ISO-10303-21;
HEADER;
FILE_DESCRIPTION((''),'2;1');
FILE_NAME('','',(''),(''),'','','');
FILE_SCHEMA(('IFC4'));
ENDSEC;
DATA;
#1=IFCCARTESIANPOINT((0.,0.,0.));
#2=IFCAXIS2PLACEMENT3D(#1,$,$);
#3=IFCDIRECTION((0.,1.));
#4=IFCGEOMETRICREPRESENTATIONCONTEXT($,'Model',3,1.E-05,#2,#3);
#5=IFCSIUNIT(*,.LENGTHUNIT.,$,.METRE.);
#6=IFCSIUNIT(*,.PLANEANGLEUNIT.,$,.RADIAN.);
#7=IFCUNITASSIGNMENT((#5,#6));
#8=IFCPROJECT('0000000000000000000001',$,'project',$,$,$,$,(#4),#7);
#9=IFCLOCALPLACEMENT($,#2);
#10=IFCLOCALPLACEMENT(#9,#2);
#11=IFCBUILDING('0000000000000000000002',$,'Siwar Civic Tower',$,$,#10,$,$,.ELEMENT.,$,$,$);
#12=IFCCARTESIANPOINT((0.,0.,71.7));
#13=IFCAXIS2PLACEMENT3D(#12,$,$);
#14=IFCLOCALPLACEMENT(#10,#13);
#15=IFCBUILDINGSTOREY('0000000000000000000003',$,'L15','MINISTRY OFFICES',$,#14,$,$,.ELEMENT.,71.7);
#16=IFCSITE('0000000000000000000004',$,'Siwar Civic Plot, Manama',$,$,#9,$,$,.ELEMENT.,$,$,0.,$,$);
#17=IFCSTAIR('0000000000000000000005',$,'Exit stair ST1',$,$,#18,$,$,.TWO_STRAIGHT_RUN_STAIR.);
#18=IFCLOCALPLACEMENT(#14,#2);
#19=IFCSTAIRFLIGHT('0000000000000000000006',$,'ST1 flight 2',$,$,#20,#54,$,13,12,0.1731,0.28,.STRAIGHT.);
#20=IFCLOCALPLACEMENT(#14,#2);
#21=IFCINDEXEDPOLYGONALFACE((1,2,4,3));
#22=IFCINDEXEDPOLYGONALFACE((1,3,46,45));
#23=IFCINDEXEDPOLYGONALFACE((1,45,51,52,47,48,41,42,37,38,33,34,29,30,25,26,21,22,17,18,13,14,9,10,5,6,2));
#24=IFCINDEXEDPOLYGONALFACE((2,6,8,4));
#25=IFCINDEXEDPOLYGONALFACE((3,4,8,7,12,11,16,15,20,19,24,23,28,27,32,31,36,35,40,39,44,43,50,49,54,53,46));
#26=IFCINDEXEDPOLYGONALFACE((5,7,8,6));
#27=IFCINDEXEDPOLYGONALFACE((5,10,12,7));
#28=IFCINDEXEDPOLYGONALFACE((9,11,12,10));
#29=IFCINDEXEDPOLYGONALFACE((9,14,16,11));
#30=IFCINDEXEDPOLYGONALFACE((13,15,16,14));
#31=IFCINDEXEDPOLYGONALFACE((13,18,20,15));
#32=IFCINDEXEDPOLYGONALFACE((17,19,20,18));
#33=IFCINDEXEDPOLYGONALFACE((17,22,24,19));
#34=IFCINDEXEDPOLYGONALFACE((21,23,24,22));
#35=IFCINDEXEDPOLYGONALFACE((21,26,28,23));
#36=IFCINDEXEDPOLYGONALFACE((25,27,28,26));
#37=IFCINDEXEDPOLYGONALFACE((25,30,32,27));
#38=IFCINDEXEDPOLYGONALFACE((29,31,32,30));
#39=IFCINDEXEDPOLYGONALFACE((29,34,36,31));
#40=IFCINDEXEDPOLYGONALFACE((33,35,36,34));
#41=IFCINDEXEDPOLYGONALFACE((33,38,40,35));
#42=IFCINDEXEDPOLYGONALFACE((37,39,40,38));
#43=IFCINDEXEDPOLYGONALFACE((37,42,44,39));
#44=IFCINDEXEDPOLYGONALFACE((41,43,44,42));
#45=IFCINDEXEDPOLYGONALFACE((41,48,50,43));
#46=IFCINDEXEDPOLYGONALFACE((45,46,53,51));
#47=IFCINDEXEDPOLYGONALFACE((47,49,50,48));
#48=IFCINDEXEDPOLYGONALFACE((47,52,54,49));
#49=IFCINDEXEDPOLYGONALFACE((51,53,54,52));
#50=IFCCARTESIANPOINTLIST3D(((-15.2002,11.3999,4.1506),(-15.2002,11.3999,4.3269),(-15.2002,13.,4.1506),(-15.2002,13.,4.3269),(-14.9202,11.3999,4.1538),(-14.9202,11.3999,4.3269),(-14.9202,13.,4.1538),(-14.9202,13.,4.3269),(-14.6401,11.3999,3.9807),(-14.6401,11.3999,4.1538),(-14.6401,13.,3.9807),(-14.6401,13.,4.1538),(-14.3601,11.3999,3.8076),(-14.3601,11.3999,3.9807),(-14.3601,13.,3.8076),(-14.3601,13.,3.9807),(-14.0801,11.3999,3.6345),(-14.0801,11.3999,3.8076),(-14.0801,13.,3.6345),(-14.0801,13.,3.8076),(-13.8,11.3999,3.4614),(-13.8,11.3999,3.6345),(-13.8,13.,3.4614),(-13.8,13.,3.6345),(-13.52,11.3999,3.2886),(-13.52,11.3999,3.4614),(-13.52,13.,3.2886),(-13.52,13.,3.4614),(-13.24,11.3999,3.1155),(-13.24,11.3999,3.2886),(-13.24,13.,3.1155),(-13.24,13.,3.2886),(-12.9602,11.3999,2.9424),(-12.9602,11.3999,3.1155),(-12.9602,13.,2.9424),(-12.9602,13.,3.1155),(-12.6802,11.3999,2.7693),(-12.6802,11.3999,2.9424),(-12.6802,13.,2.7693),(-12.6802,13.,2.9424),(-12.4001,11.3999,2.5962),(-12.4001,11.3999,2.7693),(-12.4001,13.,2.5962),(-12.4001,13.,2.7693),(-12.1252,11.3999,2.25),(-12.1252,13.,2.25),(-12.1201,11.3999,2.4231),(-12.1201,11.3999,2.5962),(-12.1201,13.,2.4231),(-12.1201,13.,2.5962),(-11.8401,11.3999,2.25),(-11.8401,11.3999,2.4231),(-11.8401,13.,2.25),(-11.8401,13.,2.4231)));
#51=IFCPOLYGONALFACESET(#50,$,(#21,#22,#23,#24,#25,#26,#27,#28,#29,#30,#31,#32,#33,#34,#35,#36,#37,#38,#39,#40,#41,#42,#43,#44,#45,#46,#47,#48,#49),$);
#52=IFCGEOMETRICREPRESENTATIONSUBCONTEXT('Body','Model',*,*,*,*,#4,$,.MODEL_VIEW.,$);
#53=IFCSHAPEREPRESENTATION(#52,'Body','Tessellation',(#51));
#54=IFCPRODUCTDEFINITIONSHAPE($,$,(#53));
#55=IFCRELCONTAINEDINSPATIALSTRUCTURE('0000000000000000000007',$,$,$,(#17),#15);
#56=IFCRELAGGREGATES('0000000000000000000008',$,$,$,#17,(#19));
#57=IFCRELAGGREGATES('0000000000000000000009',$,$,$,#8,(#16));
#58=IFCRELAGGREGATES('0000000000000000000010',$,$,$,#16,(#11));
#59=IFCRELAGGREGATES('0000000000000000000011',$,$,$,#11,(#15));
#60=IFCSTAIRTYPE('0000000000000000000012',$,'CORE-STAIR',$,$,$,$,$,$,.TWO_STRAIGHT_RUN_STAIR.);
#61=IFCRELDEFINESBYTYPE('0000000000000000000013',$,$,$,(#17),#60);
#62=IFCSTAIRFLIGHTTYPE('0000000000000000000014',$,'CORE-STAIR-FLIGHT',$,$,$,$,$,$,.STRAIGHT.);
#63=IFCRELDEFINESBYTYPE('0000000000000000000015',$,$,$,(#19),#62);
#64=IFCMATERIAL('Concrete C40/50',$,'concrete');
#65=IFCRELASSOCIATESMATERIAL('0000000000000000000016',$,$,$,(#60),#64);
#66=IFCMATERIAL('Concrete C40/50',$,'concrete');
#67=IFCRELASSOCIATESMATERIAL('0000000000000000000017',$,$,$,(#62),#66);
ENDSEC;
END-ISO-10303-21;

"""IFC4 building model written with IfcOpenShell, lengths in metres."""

from ifc_helpers import new_model, si_unit, direction, frame, origin, place, context, subcontext, project, spatial, polyline, outline, extrude, material, type_object, element, aggregate, save


model = new_model("IFC4")

# Units and contexts
model_context = context("Model", 3, precision=1e-05, world=origin(), true_north=direction((0.0, 1.0)))
body_context = subcontext(model_context, "Body", "Model", "MODEL_VIEW")
ifc_project = project(units=[si_unit("LENGTHUNIT", "METRE"), si_unit("PLANEANGLEUNIT", "RADIAN")], contexts=[model_context])

# Site, building, storey
site_placement = place(None, origin())
site = spatial("IfcSite", under=ifc_project, at=site_placement, Name="Siwar Civic Plot, Manama", CompositionType="ELEMENT", RefElevation=0.0)
building_placement = place(site_placement, origin())
building = spatial("IfcBuilding", under=site, at=building_placement, Name="Siwar Civic Tower", CompositionType="ELEMENT")
storey_placement = place(building_placement, frame((0.0, 0.0, 71.7)))
storey = spatial("IfcBuildingStorey", under=building, at=storey_placement, Name="L15", Description="MINISTRY OFFICES", CompositionType="ELEMENT", Elevation=71.7)

# Stair, stair flight
ifc_material_1 = material(Name="Concrete C40/50", Category="concrete")
stair_type = type_object("IfcStairType", Name="CORE-STAIR", PredefinedType="TWO_STRAIGHT_RUN_STAIR", material=ifc_material_1)
stair_placement = place(storey_placement, origin())
stair = element("IfcStair", 1, at=stair_placement, inside=storey, type_object=stair_type, Name="Exit stair ST1", PredefinedType="TWO_STRAIGHT_RUN_STAIR")
ifc_material_2 = material(Name="Concrete C40/50", Category="concrete")
stair_flight_type = type_object("IfcStairFlightType", Name="CORE-STAIR-FLIGHT", PredefinedType="STRAIGHT", material=ifc_material_2)
stair_flight_1_placement = place(storey_placement, frame((-11.8401, 12.2, 2.25), z_axis=(0.0, 0.0, 1.0), x_axis=(-1.0, 0.0, 0.0)))
stair_flight_1 = element("IfcStairFlight", 2, at=stair_flight_1_placement, type_object=stair_flight_type, Name="ST1 flight 2", NumberOfRisers=13, NumberOfTreads=12, PredefinedType="STRAIGHT", RiserHeight=0.1731, TreadLength=0.28, context=body_context, shape_type="SweptSolid", body=[
    extrude(outline(polyline([(0.0, 0.0), (0.0, 0.1731), (0.28, 0.1731), (0.28, 0.3462), (0.5601, 0.3462), (0.5601, 0.5193), (0.8401, 0.5193), (0.8401, 0.6924), (1.1201, 0.6924), (1.1201, 0.8655), (1.3999, 0.8655), (1.3999, 1.0386), (1.6799, 1.0386), (1.6799, 1.2114), (1.96, 1.2114), (1.96, 1.3845), (2.24, 1.3845), (2.24, 1.5576), (2.52, 1.5576), (2.52, 1.7307), (2.8, 1.7307), (2.8, 1.9038), (3.0801, 1.9038), (3.0801, 2.0769), (3.3601, 2.0769), (3.3601, 2.25), (3.3601, 1.9006), (0.2852, 0.0), (0.0, 0.0)])), frame((0.0, 0.8, 0.0), z_axis=(0.0, -1.0, 0.0), x_axis=(1.0, 0.0, 0.0)), (0.0, 0.0, 1.0), 1.6001),
])
aggregate(stair, [stair_flight_1])

save(model, "model.ifc")
